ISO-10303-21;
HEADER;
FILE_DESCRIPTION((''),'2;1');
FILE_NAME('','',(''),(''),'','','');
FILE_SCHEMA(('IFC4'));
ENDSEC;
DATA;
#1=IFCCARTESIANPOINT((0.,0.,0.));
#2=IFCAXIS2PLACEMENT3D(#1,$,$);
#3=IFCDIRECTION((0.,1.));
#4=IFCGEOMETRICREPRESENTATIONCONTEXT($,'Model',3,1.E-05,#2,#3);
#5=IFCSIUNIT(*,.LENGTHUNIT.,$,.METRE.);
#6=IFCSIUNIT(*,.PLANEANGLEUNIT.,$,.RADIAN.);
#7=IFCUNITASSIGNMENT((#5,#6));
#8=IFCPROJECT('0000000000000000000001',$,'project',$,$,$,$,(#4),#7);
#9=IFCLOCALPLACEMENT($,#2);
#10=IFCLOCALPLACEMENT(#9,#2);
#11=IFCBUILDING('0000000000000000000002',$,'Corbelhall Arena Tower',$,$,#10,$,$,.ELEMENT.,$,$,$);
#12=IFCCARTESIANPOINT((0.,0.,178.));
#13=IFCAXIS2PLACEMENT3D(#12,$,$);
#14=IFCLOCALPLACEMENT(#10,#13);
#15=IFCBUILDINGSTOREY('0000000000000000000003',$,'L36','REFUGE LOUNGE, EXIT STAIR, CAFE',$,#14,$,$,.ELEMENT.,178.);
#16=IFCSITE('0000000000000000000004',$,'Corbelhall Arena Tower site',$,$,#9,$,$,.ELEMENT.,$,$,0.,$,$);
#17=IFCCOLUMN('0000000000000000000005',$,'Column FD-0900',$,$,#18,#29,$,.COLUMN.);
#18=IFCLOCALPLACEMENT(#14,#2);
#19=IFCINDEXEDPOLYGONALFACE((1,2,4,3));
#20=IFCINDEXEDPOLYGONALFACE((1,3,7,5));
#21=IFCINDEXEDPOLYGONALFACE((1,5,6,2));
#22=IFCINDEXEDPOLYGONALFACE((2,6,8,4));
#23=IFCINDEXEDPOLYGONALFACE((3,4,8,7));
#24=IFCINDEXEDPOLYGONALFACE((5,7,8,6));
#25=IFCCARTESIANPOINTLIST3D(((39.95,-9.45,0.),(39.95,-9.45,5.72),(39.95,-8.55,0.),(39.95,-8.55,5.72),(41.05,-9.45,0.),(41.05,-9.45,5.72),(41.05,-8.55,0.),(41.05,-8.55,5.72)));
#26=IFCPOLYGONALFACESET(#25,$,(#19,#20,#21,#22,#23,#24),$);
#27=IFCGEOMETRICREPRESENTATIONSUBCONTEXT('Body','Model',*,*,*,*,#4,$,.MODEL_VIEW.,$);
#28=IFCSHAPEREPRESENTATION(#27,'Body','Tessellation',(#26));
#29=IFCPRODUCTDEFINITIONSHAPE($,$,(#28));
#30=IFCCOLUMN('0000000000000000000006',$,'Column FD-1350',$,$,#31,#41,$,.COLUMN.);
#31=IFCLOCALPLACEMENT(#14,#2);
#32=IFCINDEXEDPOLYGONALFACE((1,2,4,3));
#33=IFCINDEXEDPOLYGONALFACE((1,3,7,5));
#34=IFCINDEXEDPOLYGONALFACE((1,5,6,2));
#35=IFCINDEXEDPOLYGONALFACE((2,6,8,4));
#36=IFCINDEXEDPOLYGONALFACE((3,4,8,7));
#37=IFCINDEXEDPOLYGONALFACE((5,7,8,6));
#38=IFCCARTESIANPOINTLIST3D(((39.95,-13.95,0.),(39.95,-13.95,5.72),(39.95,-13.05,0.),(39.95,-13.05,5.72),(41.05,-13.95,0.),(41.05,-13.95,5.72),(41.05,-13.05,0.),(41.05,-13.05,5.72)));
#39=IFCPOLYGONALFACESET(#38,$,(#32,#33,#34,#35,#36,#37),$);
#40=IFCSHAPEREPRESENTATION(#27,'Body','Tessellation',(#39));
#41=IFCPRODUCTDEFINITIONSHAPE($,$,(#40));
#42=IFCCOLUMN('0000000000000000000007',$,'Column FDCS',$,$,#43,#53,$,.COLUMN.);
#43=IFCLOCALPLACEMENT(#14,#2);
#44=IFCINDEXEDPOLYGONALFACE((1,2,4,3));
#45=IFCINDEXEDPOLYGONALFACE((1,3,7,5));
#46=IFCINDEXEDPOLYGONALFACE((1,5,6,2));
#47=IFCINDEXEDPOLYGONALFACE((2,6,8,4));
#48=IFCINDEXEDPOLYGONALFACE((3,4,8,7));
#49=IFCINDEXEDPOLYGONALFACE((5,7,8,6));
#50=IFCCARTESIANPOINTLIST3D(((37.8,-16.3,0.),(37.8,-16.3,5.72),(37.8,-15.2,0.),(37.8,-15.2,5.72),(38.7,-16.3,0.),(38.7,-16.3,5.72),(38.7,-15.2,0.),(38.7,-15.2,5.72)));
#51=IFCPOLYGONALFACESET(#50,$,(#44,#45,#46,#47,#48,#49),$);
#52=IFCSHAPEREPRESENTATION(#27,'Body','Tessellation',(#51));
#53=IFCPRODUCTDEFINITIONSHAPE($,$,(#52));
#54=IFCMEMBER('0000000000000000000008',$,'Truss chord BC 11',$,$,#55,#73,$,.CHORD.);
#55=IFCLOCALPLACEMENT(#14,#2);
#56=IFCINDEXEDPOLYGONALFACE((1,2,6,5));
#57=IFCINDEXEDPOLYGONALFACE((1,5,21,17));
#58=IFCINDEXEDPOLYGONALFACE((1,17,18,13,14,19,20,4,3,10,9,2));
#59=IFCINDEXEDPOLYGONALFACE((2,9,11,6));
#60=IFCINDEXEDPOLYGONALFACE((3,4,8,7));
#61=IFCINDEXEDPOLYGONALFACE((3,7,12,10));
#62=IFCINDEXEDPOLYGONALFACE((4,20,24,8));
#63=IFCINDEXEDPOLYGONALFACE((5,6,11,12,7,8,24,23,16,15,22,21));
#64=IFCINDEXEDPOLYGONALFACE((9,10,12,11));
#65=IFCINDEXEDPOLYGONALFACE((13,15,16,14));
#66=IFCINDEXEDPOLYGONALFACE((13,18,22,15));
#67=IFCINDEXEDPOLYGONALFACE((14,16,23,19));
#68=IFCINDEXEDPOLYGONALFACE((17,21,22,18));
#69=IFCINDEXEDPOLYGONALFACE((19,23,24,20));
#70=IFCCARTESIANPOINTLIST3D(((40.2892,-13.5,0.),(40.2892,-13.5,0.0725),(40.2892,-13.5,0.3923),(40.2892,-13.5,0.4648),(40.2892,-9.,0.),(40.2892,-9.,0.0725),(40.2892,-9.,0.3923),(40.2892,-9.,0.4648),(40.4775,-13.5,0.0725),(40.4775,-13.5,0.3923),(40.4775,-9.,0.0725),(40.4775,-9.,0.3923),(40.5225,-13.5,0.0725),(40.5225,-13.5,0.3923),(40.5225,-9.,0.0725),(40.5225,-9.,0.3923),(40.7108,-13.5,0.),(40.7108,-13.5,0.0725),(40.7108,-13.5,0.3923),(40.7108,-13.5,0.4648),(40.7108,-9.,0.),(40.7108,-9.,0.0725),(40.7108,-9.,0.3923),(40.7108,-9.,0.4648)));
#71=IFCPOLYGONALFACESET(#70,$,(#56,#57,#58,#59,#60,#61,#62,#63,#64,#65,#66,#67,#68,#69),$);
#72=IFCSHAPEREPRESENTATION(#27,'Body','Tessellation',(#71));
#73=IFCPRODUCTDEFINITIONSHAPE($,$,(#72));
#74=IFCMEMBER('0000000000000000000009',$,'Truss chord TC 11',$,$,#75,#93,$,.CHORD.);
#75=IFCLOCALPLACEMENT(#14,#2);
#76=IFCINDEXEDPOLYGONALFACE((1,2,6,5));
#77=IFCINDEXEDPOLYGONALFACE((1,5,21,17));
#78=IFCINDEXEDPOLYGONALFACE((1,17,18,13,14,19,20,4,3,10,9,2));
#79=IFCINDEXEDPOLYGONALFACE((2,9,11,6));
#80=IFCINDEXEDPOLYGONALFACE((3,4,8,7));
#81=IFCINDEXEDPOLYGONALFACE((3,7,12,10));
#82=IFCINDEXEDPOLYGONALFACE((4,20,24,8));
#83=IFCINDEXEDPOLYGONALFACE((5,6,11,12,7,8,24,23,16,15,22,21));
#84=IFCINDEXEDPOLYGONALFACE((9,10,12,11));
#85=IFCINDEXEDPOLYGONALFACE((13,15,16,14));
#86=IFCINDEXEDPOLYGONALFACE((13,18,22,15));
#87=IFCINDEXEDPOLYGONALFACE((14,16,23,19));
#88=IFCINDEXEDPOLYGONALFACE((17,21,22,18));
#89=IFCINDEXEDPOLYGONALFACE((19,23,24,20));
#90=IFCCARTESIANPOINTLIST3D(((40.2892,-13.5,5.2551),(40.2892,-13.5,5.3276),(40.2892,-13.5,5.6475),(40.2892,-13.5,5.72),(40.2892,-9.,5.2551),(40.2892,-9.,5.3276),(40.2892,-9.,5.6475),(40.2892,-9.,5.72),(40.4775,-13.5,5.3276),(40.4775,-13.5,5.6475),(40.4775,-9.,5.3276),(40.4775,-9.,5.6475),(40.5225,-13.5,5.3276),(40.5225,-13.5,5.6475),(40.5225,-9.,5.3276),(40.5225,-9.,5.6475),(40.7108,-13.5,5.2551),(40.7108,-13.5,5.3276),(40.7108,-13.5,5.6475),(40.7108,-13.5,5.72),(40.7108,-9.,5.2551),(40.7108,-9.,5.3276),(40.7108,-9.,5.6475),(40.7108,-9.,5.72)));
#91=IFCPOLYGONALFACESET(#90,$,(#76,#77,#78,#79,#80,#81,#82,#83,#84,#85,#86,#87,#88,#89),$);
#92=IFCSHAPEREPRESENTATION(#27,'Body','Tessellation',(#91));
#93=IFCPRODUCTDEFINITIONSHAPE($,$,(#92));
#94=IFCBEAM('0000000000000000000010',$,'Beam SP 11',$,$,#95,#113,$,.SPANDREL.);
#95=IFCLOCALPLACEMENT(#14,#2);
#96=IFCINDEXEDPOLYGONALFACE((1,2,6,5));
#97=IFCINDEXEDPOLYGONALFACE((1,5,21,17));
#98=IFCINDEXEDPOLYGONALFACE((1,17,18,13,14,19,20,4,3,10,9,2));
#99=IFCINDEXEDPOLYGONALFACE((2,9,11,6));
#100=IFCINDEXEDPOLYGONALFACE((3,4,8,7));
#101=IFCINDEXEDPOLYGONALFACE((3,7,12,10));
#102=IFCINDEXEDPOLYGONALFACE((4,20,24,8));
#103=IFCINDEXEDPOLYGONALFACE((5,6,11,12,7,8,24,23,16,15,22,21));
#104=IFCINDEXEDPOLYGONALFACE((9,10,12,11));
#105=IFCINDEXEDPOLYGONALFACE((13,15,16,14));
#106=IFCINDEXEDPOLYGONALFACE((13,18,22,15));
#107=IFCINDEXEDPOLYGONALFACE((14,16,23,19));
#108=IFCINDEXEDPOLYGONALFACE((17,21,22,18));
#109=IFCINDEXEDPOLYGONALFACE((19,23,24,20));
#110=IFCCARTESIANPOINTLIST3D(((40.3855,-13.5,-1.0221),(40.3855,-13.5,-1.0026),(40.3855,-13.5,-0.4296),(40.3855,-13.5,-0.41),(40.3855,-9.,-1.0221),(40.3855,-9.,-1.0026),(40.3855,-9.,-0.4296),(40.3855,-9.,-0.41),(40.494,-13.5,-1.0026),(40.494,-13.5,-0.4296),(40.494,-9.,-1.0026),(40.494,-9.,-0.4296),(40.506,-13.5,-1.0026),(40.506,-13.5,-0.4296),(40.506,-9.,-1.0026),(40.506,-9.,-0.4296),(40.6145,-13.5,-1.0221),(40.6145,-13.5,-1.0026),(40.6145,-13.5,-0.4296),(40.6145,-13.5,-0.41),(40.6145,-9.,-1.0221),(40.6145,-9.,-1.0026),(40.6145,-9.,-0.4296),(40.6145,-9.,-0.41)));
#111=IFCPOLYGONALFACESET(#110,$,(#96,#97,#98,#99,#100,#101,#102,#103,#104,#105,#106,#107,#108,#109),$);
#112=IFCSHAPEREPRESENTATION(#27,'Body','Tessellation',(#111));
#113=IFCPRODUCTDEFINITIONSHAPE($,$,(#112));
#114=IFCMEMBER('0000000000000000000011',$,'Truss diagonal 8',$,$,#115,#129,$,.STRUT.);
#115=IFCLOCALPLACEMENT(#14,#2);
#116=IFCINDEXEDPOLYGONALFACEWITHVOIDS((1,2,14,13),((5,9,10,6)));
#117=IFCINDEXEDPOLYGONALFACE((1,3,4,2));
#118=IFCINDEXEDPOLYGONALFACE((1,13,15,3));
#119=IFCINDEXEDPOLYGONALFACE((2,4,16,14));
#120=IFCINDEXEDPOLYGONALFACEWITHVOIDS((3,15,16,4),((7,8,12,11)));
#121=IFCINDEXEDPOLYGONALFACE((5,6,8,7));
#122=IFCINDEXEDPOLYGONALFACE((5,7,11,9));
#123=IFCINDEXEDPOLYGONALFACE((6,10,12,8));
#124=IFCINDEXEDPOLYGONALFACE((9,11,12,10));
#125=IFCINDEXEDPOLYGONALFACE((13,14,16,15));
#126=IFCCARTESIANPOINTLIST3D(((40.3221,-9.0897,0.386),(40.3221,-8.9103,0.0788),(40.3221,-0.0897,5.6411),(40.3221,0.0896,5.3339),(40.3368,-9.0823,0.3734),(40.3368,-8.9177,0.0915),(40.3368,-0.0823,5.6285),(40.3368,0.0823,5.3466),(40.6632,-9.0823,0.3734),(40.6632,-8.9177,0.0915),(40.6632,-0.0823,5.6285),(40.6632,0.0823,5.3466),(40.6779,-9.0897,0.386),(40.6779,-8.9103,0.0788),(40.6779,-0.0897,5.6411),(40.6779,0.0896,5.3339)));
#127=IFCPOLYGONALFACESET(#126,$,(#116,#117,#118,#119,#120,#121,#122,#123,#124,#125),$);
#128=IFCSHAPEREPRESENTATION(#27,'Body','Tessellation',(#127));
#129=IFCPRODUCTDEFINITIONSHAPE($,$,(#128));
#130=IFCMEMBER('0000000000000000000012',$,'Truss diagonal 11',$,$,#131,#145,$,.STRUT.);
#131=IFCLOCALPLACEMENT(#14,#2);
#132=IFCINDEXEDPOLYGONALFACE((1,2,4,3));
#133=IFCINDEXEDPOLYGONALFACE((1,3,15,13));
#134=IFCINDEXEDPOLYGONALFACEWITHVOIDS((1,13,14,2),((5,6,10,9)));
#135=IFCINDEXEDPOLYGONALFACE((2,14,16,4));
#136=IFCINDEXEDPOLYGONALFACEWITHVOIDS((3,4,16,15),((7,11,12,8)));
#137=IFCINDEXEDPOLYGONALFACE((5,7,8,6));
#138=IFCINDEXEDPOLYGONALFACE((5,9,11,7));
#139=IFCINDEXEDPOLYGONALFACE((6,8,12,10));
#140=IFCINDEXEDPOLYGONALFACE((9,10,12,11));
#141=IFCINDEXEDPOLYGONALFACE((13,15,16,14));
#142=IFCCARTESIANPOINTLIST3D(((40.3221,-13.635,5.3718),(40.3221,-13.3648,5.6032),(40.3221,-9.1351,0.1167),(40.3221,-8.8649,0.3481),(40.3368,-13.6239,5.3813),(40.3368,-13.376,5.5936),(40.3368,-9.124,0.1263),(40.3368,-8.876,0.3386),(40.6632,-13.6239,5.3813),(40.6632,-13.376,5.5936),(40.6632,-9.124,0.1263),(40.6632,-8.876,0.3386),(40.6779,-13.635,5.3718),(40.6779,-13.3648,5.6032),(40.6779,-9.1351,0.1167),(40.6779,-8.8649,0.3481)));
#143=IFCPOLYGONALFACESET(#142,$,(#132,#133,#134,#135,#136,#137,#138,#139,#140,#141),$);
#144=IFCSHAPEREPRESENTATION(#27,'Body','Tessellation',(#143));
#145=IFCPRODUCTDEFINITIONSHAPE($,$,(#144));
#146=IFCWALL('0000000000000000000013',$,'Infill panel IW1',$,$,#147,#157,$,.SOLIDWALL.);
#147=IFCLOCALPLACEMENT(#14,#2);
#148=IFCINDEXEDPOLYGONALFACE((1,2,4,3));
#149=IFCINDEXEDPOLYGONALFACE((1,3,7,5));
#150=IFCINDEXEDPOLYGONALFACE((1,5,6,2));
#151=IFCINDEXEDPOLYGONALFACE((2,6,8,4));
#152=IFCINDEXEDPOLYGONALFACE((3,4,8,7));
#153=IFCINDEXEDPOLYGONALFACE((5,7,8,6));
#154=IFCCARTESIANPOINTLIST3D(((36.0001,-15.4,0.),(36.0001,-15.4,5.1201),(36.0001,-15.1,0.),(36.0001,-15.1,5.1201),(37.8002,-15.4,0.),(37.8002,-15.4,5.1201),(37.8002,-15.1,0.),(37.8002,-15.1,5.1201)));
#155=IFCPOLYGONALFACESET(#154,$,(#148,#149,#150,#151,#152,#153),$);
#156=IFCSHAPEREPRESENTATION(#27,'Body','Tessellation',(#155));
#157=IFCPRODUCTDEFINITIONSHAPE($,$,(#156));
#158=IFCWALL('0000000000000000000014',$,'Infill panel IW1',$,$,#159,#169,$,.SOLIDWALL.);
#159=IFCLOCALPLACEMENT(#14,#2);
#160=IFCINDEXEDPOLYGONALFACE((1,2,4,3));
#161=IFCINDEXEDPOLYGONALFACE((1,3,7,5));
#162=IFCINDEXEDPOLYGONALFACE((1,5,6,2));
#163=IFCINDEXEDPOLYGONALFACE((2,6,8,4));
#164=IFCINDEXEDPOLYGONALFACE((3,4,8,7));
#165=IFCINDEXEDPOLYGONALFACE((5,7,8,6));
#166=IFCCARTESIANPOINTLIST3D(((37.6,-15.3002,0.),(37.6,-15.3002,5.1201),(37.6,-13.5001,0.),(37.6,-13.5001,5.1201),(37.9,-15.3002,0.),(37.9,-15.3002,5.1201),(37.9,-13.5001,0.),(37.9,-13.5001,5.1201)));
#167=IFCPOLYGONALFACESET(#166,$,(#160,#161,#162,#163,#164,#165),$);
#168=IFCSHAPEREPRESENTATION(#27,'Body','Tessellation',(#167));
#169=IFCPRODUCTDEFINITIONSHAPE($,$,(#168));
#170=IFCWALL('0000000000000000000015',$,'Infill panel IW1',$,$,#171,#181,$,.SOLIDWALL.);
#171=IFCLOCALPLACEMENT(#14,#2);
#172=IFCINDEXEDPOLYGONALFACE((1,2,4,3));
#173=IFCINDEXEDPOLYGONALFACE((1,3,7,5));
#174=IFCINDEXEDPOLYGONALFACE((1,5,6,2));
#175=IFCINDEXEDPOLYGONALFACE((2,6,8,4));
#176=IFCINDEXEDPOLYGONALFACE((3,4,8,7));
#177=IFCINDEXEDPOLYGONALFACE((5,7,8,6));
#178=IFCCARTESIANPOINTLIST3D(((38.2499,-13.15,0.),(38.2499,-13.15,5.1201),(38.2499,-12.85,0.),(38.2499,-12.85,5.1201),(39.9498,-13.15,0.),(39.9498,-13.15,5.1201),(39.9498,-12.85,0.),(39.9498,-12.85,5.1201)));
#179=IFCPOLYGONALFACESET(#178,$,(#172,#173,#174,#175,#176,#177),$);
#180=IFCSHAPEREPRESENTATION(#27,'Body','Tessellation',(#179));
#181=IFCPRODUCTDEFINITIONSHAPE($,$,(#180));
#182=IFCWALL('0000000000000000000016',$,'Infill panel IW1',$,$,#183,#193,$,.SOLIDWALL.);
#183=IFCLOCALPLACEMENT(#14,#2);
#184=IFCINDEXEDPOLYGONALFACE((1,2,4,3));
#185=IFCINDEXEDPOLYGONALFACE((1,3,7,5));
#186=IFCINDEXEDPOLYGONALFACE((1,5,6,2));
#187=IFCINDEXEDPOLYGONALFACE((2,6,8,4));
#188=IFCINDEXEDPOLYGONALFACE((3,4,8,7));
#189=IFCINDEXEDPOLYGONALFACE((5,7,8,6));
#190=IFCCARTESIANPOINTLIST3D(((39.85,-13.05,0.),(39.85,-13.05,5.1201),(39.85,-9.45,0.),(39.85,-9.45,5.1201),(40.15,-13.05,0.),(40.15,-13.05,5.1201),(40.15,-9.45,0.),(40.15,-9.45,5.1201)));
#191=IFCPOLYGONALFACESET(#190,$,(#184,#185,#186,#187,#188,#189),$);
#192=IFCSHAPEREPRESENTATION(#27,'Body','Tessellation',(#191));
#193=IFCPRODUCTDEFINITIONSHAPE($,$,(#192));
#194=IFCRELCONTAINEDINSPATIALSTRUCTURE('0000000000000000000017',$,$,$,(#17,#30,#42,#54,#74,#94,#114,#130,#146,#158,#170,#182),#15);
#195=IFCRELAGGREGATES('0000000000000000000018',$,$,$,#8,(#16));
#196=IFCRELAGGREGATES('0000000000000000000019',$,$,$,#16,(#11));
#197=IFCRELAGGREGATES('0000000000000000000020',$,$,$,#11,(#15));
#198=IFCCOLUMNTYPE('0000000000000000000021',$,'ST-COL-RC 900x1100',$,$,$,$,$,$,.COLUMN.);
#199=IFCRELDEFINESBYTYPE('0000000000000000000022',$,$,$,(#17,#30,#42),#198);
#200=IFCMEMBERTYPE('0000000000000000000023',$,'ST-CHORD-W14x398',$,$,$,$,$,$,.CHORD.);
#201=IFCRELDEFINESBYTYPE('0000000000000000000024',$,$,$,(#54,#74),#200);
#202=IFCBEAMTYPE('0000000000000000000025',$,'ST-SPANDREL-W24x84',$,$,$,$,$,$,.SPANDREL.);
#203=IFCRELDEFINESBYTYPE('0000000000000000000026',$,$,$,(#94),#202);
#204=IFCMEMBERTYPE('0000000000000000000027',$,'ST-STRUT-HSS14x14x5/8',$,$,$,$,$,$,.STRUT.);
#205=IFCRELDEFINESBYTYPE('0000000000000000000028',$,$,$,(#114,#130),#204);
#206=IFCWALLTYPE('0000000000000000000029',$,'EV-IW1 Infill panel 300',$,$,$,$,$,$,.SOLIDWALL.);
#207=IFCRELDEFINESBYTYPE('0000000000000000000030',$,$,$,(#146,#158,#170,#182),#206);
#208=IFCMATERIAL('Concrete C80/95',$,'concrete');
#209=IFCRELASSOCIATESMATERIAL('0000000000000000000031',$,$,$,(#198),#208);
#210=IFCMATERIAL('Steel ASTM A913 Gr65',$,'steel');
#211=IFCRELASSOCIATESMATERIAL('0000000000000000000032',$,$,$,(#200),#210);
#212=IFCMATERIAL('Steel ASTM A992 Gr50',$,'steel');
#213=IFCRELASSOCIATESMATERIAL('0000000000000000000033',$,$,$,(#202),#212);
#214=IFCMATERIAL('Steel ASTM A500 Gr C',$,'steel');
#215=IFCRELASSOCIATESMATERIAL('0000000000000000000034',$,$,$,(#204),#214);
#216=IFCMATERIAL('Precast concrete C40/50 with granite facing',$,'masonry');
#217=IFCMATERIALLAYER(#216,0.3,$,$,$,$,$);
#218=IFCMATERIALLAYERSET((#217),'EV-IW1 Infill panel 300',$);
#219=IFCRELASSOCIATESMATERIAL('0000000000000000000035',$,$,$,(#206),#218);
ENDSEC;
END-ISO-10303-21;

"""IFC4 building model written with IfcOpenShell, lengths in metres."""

from ifc_helpers import new_model, si_unit, direction, frame, frame_2d, origin, origin_2d, place, context, subcontext, project, spatial, rectangle, hollow_rectangle, i_section, extrude, material, layer, layer_set, material_profile, profile_set, type_object, element, save


model = new_model("IFC4")

# Units and contexts
model_context = context("Model", 3, precision=1e-05, world=origin(), true_north=direction((0.0, 1.0)))
body_context = subcontext(model_context, "Body", "Model", "MODEL_VIEW")
ifc_project = project(units=[si_unit("LENGTHUNIT", "METRE"), si_unit("PLANEANGLEUNIT", "RADIAN")], contexts=[model_context])

# Site, building, storey
site_placement = place(None, origin())
site = spatial("IfcSite", under=ifc_project, at=site_placement, Name="Corbelhall Arena Tower site", CompositionType="ELEMENT", RefElevation=0.0)
building_placement = place(site_placement, origin())
building = spatial("IfcBuilding", under=site, at=building_placement, Name="Corbelhall Arena Tower", CompositionType="ELEMENT")
storey_placement = place(building_placement, frame((0.0, 0.0, 178.0)))
storey = spatial("IfcBuildingStorey", under=building, at=storey_placement, Name="L36", Description="REFUGE LOUNGE, EXIT STAIR, CAFE", CompositionType="ELEMENT", Elevation=178.0)

# Columns
ifc_material_1 = material(Name="Concrete C80/95", Category="concrete")
ifc_material_profile_1 = material_profile(ifc_material_1, rectangle(XDim=0.8999, YDim=1.1001, at=origin_2d()))
ifc_profile_set_1 = profile_set([ifc_material_profile_1], Name="Concrete C80/95")
column_type = type_object("IfcColumnType", Name="ST-COL-RC 900x1100", PredefinedType="COLUMN", material=ifc_profile_set_1)
for number, where, z_axis, x_axis, name in (
    (1, (40.5, -9.0, 0.0), (0.0, 0.0, 1.0), (0.0, 1.0, 0.0), "Column FD-0900"),
    (2, (40.5, -13.5, 0.0), (0.0, 0.0, 1.0), (0.0, 1.0, 0.0), "Column FD-1350"),
    (3, (38.25, -15.75, 0.0), (0.0, 0.0, 1.0), (1.0, 0.0, 0.0), "Column FDCS"),
):
    element("IfcColumn", number, at=place(storey_placement, frame(where, z_axis=z_axis, x_axis=x_axis)), inside=storey, type_object=column_type, Name=name, PredefinedType="COLUMN", context=body_context, shape_type="SweptSolid", body=[
        extrude(rectangle(XDim=0.8999, YDim=1.1001, at=origin_2d()), origin(), (0.0, 0.0, 1.0), 5.72),
    ])

# Members
ifc_material_2 = material(Name="Steel ASTM A913 Gr65", Category="steel")
ifc_material_profile_2 = material_profile(ifc_material_2, i_section(OverallWidth=0.4216, OverallDepth=0.4648, WebThickness=0.0449, FlangeThickness=0.0725, at=origin_2d()))
ifc_profile_set_2 = profile_set([ifc_material_profile_2], Name="Steel ASTM A913 Gr65")
member_type_1 = type_object("IfcMemberType", Name="ST-CHORD-W14x398", PredefinedType="CHORD", material=ifc_profile_set_2)
for number, where, z_axis, x_axis, name in (
    (4, (40.5, -9.0, 0.2324), (0.0, -1.0, 0.0), (1.0, 0.0, 0.0), "Truss chord BC 11"),
    (5, (40.5, -9.0, 5.4875), (0.0, -1.0, 0.0), (1.0, 0.0, 0.0), "Truss chord TC 11"),
):
    element("IfcMember", number, at=place(storey_placement, frame(where, z_axis=z_axis, x_axis=x_axis)), inside=storey, type_object=member_type_1, Name=name, PredefinedType="CHORD", context=body_context, shape_type="SweptSolid", body=[
        extrude(i_section(OverallWidth=0.4216, OverallDepth=0.4648, WebThickness=0.0449, FlangeThickness=0.0725, at=origin_2d()), origin(), (0.0, 0.0, 1.0), 4.5),
    ])

# Beam
ifc_material_3 = material(Name="Steel ASTM A992 Gr50", Category="steel")
ifc_material_profile_3 = material_profile(ifc_material_3, i_section(OverallWidth=0.229, OverallDepth=0.6121, WebThickness=0.012, FlangeThickness=0.0195, at=origin_2d()))
ifc_profile_set_3 = profile_set([ifc_material_profile_3], Name="Steel ASTM A992 Gr50")
beam_type = type_object("IfcBeamType", Name="ST-SPANDREL-W24x84", PredefinedType="SPANDREL", material=ifc_profile_set_3)
beam_placement = place(storey_placement, frame((40.5, -9.0, -0.7161), z_axis=(0.0, -1.0, 0.0), x_axis=(1.0, 0.0, 0.0)))
element("IfcBeam", 6, at=beam_placement, inside=storey, type_object=beam_type, Name="Beam SP 11", PredefinedType="SPANDREL", context=body_context, shape_type="SweptSolid", body=[
    extrude(i_section(OverallWidth=0.229, OverallDepth=0.6121, WebThickness=0.012, FlangeThickness=0.0195, at=origin_2d()), origin(), (0.0, 0.0, 1.0), 4.5),
])

# Members
ifc_material_4 = material(Name="Steel ASTM A500 Gr C", Category="steel")
ifc_material_profile_4 = material_profile(ifc_material_4, hollow_rectangle(XDim=0.3557, YDim=0.3557, WallThickness=0.0146, at=origin_2d()))
ifc_profile_set_4 = profile_set([ifc_material_profile_4], Name="Steel ASTM A500 Gr C")
member_type_2 = type_object("IfcMemberType", Name="ST-STRUT-HSS14x14x5/8", PredefinedType="STRUT", material=ifc_profile_set_4)
member_1_placement = place(storey_placement, frame((40.5, -9.0, 0.2324), z_axis=(0.0, 0.863565, 0.504238), x_axis=(-1.0, 0.0, 0.0)))
element("IfcMember", 7, at=member_1_placement, inside=storey, type_object=member_type_2, Name="Truss diagonal 8", PredefinedType="STRUT", context=body_context, shape_type="SweptSolid", body=[
    extrude(hollow_rectangle(XDim=0.3557, YDim=0.3557, WallThickness=0.0146, at=origin_2d()), origin(), (0.0, 0.0, 1.0), 10.4219),
])
member_2_placement = place(storey_placement, frame((40.5, -9.0, 0.2324), z_axis=(0.0, -0.650425, 0.75957), x_axis=(1.0, 0.0, 0.0)))
element("IfcMember", 8, at=member_2_placement, inside=storey, type_object=member_type_2, Name="Truss diagonal 11", PredefinedType="STRUT", context=body_context, shape_type="SweptSolid", body=[
    extrude(hollow_rectangle(XDim=0.3557, YDim=0.3557, WallThickness=0.0146, at=origin_2d()), origin(), (0.0, 0.0, 1.0), 6.9185),
])

# Walls
ifc_material_5 = material(Name="Precast concrete C40/50 with granite facing", Category="masonry")
ifc_layer_1 = layer(ifc_material_5, 0.3)
ifc_layer_set_1 = layer_set([ifc_layer_1], Name="EV-IW1 Infill panel 300")
wall_type_1 = type_object("IfcWallType", Name="EV-IW1 Infill panel 300", PredefinedType="SOLIDWALL", material=ifc_layer_set_1)
for number, where, z_axis, x_axis, name in (
    (9, (37.8, -15.25, 0.0), (0.0, 0.0, 1.0), (-1.0, 0.0, 0.0), "Infill panel IW1"),
    (10, (37.75, -15.3, 0.0), (0.0, 0.0, 1.0), (0.0, 1.0, 0.0), "Infill panel IW1"),
):
    element("IfcWall", number, at=place(storey_placement, frame(where, z_axis=z_axis, x_axis=x_axis)), inside=storey, type_object=wall_type_1, Name=name, PredefinedType="SOLIDWALL", context=body_context, shape_type="SweptSolid", body=[
        extrude(rectangle(XDim=1.8, YDim=0.3, at=frame_2d((0.8999, 0.0))), origin(), (0.0, 0.0, 1.0), 5.1201),
    ])
wall_1_placement = place(storey_placement, frame((39.95, -13.0, 0.0), z_axis=(0.0, 0.0, 1.0), x_axis=(-1.0, 0.0, 0.0)))
element("IfcWall", 11, at=wall_1_placement, inside=storey, type_object=wall_type_1, Name="Infill panel IW1", PredefinedType="SOLIDWALL", context=body_context, shape_type="SweptSolid", body=[
    extrude(rectangle(XDim=1.7, YDim=0.3, at=frame_2d((0.8501, 0.0))), origin(), (0.0, 0.0, 1.0), 5.1201),
])
wall_2_placement = place(storey_placement, frame((40.0, -13.05, 0.0), z_axis=(0.0, 0.0, 1.0), x_axis=(0.0, 1.0, 0.0)))
element("IfcWall", 12, at=wall_2_placement, inside=storey, type_object=wall_type_1, Name="Infill panel IW1", PredefinedType="SOLIDWALL", context=body_context, shape_type="SweptSolid", body=[
    extrude(rectangle(XDim=3.6001, YDim=0.3, at=frame_2d((1.8, 0.0))), origin(), (0.0, 0.0, 1.0), 5.1201),
])

save(model, "model.ifc")
